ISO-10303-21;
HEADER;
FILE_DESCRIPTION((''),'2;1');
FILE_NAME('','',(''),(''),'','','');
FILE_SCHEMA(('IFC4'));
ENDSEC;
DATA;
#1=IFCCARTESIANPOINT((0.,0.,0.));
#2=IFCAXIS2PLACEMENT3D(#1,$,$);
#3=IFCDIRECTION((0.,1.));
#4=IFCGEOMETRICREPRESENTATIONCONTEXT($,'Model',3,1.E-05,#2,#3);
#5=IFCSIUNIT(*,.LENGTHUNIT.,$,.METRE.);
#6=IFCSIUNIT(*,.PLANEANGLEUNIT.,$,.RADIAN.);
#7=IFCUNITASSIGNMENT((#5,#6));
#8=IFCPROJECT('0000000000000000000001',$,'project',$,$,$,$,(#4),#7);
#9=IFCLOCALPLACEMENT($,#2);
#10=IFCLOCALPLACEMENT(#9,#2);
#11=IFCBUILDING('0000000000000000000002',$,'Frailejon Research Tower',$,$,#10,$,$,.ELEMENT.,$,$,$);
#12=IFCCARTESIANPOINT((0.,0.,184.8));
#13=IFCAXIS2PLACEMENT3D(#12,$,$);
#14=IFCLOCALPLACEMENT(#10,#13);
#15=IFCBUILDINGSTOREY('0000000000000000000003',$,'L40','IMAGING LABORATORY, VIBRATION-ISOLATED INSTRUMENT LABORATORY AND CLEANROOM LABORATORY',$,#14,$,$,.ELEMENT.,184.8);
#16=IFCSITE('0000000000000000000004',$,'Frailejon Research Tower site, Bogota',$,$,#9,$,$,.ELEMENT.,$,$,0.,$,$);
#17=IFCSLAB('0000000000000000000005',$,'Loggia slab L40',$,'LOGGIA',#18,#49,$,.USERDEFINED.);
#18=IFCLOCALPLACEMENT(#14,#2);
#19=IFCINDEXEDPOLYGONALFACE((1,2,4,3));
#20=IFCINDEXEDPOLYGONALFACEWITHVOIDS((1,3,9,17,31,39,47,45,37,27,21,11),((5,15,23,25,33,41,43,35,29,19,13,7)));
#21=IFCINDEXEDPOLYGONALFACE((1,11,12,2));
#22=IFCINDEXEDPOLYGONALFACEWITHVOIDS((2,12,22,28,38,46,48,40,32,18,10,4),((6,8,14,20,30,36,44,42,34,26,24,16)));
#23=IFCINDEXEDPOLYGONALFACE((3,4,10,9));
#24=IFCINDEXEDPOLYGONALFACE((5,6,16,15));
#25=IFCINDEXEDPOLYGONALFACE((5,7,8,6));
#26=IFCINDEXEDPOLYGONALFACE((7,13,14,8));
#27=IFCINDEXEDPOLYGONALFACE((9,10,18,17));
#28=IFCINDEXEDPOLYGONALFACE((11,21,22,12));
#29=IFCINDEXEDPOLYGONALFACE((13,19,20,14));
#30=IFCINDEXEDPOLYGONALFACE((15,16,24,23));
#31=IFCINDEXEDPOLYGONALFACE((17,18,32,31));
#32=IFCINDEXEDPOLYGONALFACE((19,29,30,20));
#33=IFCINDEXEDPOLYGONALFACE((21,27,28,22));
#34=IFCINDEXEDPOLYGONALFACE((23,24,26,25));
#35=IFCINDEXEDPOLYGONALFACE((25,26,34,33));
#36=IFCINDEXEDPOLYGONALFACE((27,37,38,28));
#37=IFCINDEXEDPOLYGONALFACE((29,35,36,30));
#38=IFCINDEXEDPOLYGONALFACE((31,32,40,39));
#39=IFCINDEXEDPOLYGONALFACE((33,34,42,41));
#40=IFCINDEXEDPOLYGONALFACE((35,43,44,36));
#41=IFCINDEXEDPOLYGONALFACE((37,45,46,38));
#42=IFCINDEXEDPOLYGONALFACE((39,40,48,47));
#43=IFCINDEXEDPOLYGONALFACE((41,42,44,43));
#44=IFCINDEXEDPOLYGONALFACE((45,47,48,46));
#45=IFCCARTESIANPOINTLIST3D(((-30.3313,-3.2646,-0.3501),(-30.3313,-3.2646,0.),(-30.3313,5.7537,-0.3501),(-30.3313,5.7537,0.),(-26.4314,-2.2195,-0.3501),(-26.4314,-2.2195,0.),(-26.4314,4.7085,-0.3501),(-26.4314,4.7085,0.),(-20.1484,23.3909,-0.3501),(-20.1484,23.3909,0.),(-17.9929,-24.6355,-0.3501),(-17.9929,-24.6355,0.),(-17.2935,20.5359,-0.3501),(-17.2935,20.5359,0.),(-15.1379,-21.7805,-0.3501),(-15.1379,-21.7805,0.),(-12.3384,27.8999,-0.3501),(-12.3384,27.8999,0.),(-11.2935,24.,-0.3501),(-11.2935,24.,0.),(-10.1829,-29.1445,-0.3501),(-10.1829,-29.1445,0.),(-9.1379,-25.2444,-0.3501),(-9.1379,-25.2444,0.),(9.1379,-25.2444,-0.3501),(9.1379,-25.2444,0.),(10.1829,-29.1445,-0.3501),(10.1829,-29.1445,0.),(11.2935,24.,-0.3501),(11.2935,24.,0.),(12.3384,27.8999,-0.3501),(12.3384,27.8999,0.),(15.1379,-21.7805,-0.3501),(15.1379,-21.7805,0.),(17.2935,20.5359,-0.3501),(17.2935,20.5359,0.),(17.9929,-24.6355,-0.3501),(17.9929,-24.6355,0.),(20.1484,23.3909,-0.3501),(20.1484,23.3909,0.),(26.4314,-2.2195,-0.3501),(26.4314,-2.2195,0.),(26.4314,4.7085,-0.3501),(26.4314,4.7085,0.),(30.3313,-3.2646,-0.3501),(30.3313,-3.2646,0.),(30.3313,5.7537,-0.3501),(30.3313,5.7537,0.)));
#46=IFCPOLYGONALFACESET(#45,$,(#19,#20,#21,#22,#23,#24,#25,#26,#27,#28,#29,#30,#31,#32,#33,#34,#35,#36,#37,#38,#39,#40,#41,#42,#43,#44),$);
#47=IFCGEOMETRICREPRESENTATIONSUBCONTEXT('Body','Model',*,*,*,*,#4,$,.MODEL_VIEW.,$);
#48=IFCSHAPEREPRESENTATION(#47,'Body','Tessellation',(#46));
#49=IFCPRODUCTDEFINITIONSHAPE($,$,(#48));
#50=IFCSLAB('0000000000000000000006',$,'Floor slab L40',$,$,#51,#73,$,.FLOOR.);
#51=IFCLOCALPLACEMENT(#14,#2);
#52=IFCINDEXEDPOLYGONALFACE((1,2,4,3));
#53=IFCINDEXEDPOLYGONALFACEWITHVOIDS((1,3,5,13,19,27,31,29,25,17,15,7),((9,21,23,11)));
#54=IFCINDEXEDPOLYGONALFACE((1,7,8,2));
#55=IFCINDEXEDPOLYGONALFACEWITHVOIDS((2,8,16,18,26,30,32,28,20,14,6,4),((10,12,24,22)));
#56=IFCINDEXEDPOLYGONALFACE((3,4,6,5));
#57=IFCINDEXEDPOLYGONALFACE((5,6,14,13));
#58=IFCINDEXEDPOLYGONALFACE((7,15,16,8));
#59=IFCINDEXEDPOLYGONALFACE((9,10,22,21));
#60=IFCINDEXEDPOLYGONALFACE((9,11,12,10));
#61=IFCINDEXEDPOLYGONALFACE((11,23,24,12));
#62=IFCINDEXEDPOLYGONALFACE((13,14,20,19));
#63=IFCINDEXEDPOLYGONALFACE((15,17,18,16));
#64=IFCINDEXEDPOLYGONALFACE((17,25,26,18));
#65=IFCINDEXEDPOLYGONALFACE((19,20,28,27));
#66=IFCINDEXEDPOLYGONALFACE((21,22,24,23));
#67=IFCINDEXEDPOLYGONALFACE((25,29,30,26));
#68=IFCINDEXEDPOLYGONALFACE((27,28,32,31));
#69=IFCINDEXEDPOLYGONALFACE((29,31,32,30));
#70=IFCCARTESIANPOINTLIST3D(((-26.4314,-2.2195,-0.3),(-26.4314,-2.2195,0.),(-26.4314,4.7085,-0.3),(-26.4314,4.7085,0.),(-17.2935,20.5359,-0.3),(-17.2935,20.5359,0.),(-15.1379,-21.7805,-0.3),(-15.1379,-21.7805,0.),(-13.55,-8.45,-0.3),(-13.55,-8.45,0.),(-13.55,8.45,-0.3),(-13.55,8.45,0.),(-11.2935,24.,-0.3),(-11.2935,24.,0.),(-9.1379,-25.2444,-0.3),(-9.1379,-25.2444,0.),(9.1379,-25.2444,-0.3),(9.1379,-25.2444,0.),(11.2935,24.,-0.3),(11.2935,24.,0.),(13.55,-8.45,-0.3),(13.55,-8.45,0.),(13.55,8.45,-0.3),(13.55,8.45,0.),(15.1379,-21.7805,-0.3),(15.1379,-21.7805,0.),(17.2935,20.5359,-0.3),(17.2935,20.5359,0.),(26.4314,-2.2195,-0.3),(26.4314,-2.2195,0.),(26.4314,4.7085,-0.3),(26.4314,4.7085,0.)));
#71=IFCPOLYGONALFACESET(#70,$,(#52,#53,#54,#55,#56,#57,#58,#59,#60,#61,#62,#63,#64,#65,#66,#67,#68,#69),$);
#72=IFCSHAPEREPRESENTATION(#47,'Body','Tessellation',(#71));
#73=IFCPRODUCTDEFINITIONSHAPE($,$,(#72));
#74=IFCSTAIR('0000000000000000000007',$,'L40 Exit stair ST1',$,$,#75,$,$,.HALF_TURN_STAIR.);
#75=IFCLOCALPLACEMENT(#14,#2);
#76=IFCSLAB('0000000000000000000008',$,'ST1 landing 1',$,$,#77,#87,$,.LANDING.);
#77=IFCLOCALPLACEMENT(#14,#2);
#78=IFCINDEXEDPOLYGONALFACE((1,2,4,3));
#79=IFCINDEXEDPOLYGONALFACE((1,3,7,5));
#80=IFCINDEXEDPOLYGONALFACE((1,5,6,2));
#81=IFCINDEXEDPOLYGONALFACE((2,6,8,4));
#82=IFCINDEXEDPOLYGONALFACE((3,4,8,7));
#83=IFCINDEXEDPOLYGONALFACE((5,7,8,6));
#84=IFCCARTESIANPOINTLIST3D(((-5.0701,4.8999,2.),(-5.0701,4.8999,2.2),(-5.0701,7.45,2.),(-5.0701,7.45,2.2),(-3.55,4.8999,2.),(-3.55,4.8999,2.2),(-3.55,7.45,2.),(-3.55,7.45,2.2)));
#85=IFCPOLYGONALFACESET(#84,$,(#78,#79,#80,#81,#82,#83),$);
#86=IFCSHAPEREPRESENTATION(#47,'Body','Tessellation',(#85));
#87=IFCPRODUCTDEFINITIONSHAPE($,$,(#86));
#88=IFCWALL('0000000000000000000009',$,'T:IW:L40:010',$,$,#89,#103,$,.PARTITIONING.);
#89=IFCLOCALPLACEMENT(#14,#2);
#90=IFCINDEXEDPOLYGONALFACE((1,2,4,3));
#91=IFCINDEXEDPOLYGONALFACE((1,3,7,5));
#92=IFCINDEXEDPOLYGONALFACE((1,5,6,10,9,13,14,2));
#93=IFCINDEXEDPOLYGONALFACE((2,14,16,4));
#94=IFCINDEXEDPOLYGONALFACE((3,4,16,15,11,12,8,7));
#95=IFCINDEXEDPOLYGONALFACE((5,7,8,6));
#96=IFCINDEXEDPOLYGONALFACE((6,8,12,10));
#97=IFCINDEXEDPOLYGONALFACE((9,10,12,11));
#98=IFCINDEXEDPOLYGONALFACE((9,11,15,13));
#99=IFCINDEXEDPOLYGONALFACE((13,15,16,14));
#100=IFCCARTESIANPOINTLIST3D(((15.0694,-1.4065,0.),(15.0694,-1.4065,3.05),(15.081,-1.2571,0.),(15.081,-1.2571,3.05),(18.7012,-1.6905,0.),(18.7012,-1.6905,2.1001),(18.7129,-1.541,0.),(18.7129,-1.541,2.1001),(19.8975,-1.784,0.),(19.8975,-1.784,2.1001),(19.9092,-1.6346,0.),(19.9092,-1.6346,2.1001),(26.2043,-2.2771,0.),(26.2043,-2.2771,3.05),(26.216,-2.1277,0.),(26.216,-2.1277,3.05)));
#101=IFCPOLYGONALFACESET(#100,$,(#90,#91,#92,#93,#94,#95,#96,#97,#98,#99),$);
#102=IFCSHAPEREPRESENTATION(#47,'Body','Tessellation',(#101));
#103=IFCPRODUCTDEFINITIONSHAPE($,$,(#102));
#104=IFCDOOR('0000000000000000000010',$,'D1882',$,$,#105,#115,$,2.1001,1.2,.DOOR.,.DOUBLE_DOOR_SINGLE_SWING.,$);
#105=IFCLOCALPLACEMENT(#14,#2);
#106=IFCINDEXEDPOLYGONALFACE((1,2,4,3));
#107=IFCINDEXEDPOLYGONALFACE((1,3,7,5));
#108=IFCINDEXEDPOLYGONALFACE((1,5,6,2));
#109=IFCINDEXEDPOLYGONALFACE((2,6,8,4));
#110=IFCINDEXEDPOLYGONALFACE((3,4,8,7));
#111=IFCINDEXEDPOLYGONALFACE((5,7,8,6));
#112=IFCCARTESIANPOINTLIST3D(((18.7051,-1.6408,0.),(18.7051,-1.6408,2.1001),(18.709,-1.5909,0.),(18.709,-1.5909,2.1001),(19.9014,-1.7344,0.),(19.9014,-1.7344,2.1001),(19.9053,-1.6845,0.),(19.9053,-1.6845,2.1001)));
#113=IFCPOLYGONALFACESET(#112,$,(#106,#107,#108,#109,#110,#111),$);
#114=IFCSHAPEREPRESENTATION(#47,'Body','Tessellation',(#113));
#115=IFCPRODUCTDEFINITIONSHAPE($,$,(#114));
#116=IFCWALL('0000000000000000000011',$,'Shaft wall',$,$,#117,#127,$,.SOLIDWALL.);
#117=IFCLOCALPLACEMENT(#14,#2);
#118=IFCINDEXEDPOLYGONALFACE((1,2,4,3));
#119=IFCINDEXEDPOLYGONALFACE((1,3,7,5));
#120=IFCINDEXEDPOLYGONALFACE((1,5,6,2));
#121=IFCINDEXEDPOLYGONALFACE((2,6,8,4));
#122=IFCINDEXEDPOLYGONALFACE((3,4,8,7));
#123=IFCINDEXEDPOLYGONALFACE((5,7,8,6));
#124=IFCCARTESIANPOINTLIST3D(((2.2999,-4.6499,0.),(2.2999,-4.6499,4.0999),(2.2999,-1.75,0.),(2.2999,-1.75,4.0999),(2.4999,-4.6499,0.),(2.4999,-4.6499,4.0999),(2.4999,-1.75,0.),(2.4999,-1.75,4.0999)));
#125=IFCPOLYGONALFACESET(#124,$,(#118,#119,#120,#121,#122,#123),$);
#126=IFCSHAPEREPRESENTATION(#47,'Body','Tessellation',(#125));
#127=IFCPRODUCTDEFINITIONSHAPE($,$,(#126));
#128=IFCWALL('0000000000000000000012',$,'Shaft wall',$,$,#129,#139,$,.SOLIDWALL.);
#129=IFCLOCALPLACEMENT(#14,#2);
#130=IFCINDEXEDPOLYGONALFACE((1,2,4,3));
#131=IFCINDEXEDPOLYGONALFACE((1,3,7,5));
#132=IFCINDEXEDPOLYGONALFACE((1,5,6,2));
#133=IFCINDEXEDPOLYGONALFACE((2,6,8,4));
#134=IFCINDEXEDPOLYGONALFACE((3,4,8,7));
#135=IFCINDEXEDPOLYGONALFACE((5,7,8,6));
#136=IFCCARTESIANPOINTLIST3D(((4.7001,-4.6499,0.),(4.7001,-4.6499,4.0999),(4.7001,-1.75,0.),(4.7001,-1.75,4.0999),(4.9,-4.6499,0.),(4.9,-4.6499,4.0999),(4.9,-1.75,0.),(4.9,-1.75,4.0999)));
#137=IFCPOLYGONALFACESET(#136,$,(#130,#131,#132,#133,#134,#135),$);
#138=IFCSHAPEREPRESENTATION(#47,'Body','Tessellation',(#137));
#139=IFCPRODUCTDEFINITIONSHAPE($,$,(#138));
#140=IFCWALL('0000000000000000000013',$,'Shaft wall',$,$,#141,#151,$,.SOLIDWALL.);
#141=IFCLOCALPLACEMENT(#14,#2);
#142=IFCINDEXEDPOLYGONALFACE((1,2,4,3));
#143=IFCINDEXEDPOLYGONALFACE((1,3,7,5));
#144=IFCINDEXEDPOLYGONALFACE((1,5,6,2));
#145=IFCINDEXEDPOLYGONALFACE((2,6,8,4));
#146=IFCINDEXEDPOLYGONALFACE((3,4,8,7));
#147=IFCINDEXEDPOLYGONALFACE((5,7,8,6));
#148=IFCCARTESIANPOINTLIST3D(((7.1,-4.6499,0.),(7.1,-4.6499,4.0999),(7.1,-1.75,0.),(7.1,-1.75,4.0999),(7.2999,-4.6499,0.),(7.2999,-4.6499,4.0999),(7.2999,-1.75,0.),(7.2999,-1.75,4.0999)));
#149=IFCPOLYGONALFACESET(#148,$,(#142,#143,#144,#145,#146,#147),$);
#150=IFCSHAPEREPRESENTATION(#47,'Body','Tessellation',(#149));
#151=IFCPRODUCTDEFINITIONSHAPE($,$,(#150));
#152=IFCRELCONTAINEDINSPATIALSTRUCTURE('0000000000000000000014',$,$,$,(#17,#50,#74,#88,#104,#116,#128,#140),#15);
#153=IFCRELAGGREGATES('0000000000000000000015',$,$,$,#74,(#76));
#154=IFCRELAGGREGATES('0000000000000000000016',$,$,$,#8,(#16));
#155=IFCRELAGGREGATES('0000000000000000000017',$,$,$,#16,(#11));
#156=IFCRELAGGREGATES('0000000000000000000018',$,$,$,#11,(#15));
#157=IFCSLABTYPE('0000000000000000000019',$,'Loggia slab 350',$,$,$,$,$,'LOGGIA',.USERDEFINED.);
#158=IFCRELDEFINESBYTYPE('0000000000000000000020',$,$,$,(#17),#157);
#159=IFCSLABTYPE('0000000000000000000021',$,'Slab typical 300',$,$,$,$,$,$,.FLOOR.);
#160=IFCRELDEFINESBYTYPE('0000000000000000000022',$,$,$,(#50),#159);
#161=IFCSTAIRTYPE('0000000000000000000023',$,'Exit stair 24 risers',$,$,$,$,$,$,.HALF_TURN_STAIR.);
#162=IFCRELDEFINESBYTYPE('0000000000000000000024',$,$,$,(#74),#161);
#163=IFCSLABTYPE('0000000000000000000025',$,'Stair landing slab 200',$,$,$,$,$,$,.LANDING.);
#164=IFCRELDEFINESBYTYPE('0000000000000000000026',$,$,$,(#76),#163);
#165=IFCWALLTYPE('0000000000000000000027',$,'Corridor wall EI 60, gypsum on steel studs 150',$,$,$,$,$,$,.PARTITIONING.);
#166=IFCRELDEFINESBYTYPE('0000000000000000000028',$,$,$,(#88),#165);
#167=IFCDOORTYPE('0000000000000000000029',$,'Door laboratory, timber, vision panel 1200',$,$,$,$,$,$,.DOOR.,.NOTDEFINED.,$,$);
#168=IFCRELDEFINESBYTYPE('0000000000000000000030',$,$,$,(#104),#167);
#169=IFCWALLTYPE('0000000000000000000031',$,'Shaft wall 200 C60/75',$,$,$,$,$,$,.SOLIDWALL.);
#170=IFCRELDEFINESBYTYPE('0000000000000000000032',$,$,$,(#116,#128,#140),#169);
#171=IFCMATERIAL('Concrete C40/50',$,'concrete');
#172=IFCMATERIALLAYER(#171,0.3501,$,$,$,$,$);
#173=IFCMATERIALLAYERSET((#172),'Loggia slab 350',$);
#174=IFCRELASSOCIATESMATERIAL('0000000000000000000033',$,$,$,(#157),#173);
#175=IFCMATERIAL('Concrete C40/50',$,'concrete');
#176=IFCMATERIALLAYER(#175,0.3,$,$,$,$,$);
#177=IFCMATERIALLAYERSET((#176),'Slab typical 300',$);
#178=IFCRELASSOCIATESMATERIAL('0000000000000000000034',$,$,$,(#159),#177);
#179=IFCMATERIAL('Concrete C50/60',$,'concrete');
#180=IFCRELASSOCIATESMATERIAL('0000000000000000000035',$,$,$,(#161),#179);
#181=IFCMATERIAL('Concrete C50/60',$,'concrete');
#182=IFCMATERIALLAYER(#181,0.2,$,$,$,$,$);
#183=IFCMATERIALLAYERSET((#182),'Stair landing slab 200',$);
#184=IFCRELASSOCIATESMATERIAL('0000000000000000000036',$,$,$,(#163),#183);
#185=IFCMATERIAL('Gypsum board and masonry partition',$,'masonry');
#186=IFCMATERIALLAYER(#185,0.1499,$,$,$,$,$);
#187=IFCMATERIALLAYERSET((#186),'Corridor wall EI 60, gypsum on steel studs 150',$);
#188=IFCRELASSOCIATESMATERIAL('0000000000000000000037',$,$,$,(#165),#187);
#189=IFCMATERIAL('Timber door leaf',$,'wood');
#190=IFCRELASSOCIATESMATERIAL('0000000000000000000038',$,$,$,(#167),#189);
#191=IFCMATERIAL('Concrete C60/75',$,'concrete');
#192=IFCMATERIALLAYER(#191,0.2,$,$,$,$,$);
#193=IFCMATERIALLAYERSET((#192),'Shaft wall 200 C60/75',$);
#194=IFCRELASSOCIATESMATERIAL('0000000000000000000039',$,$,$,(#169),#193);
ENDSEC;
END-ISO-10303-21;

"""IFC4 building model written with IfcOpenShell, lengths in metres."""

from ifc_helpers import new_model, si_unit, direction, frame, frame_2d, origin, place, context, subcontext, project, spatial, polyline, rectangle, outline, extrude, material, layer, layer_set, type_object, element, fill, aggregate, save


model = new_model("IFC4")

# Units and contexts
model_context = context("Model", 3, precision=1e-05, world=origin(), true_north=direction((0.0, 1.0)))
body_context = subcontext(model_context, "Body", "Model", "MODEL_VIEW")
ifc_project = project(units=[si_unit("LENGTHUNIT", "METRE"), si_unit("PLANEANGLEUNIT", "RADIAN")], contexts=[model_context])

# Site, building, storey
site_placement = place(None, origin())
site = spatial("IfcSite", under=ifc_project, at=site_placement, Name="Frailejon Research Tower site, Bogota", CompositionType="ELEMENT", RefElevation=0.0)
building_placement = place(site_placement, origin())
building = spatial("IfcBuilding", under=site, at=building_placement, Name="Frailejon Research Tower", CompositionType="ELEMENT")
storey_placement = place(building_placement, frame((0.0, 0.0, 184.8)))
storey = spatial("IfcBuildingStorey", under=building, at=storey_placement, Name="L40", Description="IMAGING LABORATORY, VIBRATION-ISOLATED INSTRUMENT LABORATORY AND CLEANROOM LABORATORY", CompositionType="ELEMENT", Elevation=184.8)

# Slabs
ifc_material_1 = material(Name="Concrete C40/50", Category="concrete")
ifc_layer_1 = layer(ifc_material_1, 0.3501)
ifc_layer_set_1 = layer_set([ifc_layer_1], Name="Loggia slab 350")
slab_type_1 = type_object("IfcSlabType", Name="Loggia slab 350", ElementType="LOGGIA", PredefinedType="USERDEFINED", material=ifc_layer_set_1)
slab_1_placement = place(storey_placement, frame((0.0, 0.0, -0.3501)))
element("IfcSlab", 1, at=slab_1_placement, inside=storey, type_object=slab_type_1, Name="Loggia slab L40", ObjectType="LOGGIA", PredefinedType="USERDEFINED", context=body_context, shape_type="SweptSolid", body=[
    extrude(outline(polyline([(17.9929, -24.6355), (10.1829, -29.1445), (-10.1829, -29.1445), (-17.9929, -24.6355), (-30.3313, -3.2646), (-30.3313, 5.7537), (-20.1484, 23.3909), (-12.3384, 27.8999), (12.3384, 27.8999), (20.1484, 23.3909), (30.3313, 5.7537), (30.3313, -3.2646), (17.9929, -24.6355)]), holes=[polyline([(26.4314, 4.7085), (17.2935, 20.5359), (11.2935, 24.0), (-11.2935, 24.0), (-17.2935, 20.5359), (-26.4314, 4.7085), (-26.4314, -2.2195), (-15.1379, -21.7805), (-9.1379, -25.2444), (9.1379, -25.2444), (15.1379, -21.7805), (26.4314, -2.2195), (26.4314, 4.7085)])]), origin(), (0.0, 0.0, 1.0), 0.3501),
])
ifc_material_2 = material(Name="Concrete C40/50", Category="concrete")
ifc_layer_2 = layer(ifc_material_2, 0.3)
ifc_layer_set_2 = layer_set([ifc_layer_2], Name="Slab typical 300")
slab_type_2 = type_object("IfcSlabType", Name="Slab typical 300", PredefinedType="FLOOR", material=ifc_layer_set_2)
slab_2_placement = place(storey_placement, frame((0.0, 0.0, -0.3)))
element("IfcSlab", 2, at=slab_2_placement, inside=storey, type_object=slab_type_2, Name="Floor slab L40", PredefinedType="FLOOR", context=body_context, shape_type="SweptSolid", body=[
    extrude(outline(polyline([(26.4314, -2.2195), (26.4314, 4.7085), (17.2935, 20.5359), (11.2935, 24.0), (-11.2935, 24.0), (-17.2935, 20.5359), (-26.4314, 4.7085), (-26.4314, -2.2195), (-15.1379, -21.7805), (-9.1379, -25.2444), (9.1379, -25.2444), (15.1379, -21.7805), (26.4314, -2.2195)]), holes=[polyline([(13.55, -8.45), (-13.55, -8.45), (-13.55, 8.45), (13.55, 8.45), (13.55, -8.45)])]), origin(), (0.0, 0.0, 1.0), 0.3),
])

# Stair, slab
ifc_material_3 = material(Name="Concrete C50/60", Category="concrete")
stair_type = type_object("IfcStairType", Name="Exit stair 24 risers", PredefinedType="HALF_TURN_STAIR", material=ifc_material_3)
stair_placement = place(storey_placement, origin())
stair = element("IfcStair", 3, at=stair_placement, inside=storey, type_object=stair_type, Name="L40 Exit stair ST1", PredefinedType="HALF_TURN_STAIR")
ifc_material_4 = material(Name="Concrete C50/60", Category="concrete")
ifc_layer_3 = layer(ifc_material_4, 0.2)
ifc_layer_set_3 = layer_set([ifc_layer_3], Name="Stair landing slab 200")
slab_type_3 = type_object("IfcSlabType", Name="Stair landing slab 200", PredefinedType="LANDING", material=ifc_layer_set_3)
slab_3_placement = place(storey_placement, frame((0.0, 0.0, 2.0)))
slab_3 = element("IfcSlab", 4, at=slab_3_placement, type_object=slab_type_3, Name="ST1 landing 1", PredefinedType="LANDING", context=body_context, shape_type="SweptSolid", body=[
    extrude(outline(polyline([(-5.0701, 4.8999), (-3.55, 4.8999), (-3.55, 7.45), (-5.0701, 7.45), (-5.0701, 4.8999)])), origin(), (0.0, 0.0, 1.0), 0.2),
])
aggregate(stair, [slab_3])

# Wall, opening, door
ifc_material_5 = material(Name="Gypsum board and masonry partition", Category="masonry")
ifc_layer_4 = layer(ifc_material_5, 0.1499)
ifc_layer_set_4 = layer_set([ifc_layer_4], Name="Corridor wall EI 60, gypsum on steel studs 150")
wall_type_1 = type_object("IfcWallType", Name="Corridor wall EI 60, gypsum on steel studs 150", PredefinedType="PARTITIONING", material=ifc_layer_set_4)
wall_1_placement = place(storey_placement, frame((15.0752, -1.3318, 0.0), z_axis=(0.0, 0.0, 1.0), x_axis=(0.996957, -0.077948, 0.0)))
wall_1 = element("IfcWall", 5, at=wall_1_placement, inside=storey, type_object=wall_type_1, Name="T:IW:L40:010", PredefinedType="PARTITIONING", context=body_context, shape_type="SweptSolid", body=[
    extrude(rectangle(XDim=11.1689, YDim=0.1499, at=frame_2d((5.5845, 0.0))), origin(), (0.0, 0.0, 1.0), 3.05),
])
opening_1_placement = place(wall_1_placement, frame((3.6428, 0.0, 0.0)))
opening_1 = element("IfcOpeningElement", 6, at=opening_1_placement, cuts=wall_1, PredefinedType="OPENING", context=body_context, shape_type="SweptSolid", body=[
    extrude(rectangle(XDim=1.2, YDim=2.1001, at=frame_2d((0.6001, 1.05))), frame((0.0, 0.085, 0.0), z_axis=(0.0, -1.0, 0.0), x_axis=(1.0, 0.0, 0.0)), (0.0, 0.0, 1.0), 0.1699),
])
ifc_material_6 = material(Name="Timber door leaf", Category="wood")
door_type_1 = type_object("IfcDoorType", Name="Door laboratory, timber, vision panel 1200", OperationType="NOTDEFINED", PredefinedType="DOOR", material=ifc_material_6)
door_1_placement = place(opening_1_placement, origin())
door_1 = element("IfcDoor", 7, at=door_1_placement, inside=storey, type_object=door_type_1, Name="D1882", OperationType="DOUBLE_DOOR_SINGLE_SWING", OverallHeight=2.1001, OverallWidth=1.2, PredefinedType="DOOR", context=body_context, shape_type="SweptSolid", body=[
    extrude(rectangle(XDim=1.2, YDim=2.1001, at=frame_2d((0.6001, 1.05))), frame((0.0, 0.0249, 0.0), z_axis=(0.0, -1.0, 0.0), x_axis=(1.0, 0.0, 0.0)), (0.0, 0.0, 1.0), 0.05),
])
fill(opening_1, door_1)

# Walls
ifc_material_7 = material(Name="Concrete C60/75", Category="concrete")
ifc_layer_5 = layer(ifc_material_7, 0.2)
ifc_layer_set_5 = layer_set([ifc_layer_5], Name="Shaft wall 200 C60/75")
wall_type_2 = type_object("IfcWallType", Name="Shaft wall 200 C60/75", PredefinedType="SOLIDWALL", material=ifc_layer_set_5)
for number, where, z_axis, x_axis, name in (
    (8, (2.3999, -4.6499, 0.0), (0.0, 0.0, 1.0), (0.0, 1.0, 0.0), "Shaft wall"),
    (9, (4.8, -4.6499, 0.0), (0.0, 0.0, 1.0), (0.0, 1.0, 0.0), "Shaft wall"),
    (10, (7.2, -4.6499, 0.0), (0.0, 0.0, 1.0), (0.0, 1.0, 0.0), "Shaft wall"),
):
    element("IfcWall", number, at=place(storey_placement, frame(where, z_axis=z_axis, x_axis=x_axis)), inside=storey, type_object=wall_type_2, Name=name, PredefinedType="SOLIDWALL", context=body_context, shape_type="SweptSolid", body=[
        extrude(rectangle(XDim=2.8999, YDim=0.2, at=frame_2d((1.45, 0.0))), origin(), (0.0, 0.0, 1.0), 4.0999),
    ])

save(model, "model.ifc")
